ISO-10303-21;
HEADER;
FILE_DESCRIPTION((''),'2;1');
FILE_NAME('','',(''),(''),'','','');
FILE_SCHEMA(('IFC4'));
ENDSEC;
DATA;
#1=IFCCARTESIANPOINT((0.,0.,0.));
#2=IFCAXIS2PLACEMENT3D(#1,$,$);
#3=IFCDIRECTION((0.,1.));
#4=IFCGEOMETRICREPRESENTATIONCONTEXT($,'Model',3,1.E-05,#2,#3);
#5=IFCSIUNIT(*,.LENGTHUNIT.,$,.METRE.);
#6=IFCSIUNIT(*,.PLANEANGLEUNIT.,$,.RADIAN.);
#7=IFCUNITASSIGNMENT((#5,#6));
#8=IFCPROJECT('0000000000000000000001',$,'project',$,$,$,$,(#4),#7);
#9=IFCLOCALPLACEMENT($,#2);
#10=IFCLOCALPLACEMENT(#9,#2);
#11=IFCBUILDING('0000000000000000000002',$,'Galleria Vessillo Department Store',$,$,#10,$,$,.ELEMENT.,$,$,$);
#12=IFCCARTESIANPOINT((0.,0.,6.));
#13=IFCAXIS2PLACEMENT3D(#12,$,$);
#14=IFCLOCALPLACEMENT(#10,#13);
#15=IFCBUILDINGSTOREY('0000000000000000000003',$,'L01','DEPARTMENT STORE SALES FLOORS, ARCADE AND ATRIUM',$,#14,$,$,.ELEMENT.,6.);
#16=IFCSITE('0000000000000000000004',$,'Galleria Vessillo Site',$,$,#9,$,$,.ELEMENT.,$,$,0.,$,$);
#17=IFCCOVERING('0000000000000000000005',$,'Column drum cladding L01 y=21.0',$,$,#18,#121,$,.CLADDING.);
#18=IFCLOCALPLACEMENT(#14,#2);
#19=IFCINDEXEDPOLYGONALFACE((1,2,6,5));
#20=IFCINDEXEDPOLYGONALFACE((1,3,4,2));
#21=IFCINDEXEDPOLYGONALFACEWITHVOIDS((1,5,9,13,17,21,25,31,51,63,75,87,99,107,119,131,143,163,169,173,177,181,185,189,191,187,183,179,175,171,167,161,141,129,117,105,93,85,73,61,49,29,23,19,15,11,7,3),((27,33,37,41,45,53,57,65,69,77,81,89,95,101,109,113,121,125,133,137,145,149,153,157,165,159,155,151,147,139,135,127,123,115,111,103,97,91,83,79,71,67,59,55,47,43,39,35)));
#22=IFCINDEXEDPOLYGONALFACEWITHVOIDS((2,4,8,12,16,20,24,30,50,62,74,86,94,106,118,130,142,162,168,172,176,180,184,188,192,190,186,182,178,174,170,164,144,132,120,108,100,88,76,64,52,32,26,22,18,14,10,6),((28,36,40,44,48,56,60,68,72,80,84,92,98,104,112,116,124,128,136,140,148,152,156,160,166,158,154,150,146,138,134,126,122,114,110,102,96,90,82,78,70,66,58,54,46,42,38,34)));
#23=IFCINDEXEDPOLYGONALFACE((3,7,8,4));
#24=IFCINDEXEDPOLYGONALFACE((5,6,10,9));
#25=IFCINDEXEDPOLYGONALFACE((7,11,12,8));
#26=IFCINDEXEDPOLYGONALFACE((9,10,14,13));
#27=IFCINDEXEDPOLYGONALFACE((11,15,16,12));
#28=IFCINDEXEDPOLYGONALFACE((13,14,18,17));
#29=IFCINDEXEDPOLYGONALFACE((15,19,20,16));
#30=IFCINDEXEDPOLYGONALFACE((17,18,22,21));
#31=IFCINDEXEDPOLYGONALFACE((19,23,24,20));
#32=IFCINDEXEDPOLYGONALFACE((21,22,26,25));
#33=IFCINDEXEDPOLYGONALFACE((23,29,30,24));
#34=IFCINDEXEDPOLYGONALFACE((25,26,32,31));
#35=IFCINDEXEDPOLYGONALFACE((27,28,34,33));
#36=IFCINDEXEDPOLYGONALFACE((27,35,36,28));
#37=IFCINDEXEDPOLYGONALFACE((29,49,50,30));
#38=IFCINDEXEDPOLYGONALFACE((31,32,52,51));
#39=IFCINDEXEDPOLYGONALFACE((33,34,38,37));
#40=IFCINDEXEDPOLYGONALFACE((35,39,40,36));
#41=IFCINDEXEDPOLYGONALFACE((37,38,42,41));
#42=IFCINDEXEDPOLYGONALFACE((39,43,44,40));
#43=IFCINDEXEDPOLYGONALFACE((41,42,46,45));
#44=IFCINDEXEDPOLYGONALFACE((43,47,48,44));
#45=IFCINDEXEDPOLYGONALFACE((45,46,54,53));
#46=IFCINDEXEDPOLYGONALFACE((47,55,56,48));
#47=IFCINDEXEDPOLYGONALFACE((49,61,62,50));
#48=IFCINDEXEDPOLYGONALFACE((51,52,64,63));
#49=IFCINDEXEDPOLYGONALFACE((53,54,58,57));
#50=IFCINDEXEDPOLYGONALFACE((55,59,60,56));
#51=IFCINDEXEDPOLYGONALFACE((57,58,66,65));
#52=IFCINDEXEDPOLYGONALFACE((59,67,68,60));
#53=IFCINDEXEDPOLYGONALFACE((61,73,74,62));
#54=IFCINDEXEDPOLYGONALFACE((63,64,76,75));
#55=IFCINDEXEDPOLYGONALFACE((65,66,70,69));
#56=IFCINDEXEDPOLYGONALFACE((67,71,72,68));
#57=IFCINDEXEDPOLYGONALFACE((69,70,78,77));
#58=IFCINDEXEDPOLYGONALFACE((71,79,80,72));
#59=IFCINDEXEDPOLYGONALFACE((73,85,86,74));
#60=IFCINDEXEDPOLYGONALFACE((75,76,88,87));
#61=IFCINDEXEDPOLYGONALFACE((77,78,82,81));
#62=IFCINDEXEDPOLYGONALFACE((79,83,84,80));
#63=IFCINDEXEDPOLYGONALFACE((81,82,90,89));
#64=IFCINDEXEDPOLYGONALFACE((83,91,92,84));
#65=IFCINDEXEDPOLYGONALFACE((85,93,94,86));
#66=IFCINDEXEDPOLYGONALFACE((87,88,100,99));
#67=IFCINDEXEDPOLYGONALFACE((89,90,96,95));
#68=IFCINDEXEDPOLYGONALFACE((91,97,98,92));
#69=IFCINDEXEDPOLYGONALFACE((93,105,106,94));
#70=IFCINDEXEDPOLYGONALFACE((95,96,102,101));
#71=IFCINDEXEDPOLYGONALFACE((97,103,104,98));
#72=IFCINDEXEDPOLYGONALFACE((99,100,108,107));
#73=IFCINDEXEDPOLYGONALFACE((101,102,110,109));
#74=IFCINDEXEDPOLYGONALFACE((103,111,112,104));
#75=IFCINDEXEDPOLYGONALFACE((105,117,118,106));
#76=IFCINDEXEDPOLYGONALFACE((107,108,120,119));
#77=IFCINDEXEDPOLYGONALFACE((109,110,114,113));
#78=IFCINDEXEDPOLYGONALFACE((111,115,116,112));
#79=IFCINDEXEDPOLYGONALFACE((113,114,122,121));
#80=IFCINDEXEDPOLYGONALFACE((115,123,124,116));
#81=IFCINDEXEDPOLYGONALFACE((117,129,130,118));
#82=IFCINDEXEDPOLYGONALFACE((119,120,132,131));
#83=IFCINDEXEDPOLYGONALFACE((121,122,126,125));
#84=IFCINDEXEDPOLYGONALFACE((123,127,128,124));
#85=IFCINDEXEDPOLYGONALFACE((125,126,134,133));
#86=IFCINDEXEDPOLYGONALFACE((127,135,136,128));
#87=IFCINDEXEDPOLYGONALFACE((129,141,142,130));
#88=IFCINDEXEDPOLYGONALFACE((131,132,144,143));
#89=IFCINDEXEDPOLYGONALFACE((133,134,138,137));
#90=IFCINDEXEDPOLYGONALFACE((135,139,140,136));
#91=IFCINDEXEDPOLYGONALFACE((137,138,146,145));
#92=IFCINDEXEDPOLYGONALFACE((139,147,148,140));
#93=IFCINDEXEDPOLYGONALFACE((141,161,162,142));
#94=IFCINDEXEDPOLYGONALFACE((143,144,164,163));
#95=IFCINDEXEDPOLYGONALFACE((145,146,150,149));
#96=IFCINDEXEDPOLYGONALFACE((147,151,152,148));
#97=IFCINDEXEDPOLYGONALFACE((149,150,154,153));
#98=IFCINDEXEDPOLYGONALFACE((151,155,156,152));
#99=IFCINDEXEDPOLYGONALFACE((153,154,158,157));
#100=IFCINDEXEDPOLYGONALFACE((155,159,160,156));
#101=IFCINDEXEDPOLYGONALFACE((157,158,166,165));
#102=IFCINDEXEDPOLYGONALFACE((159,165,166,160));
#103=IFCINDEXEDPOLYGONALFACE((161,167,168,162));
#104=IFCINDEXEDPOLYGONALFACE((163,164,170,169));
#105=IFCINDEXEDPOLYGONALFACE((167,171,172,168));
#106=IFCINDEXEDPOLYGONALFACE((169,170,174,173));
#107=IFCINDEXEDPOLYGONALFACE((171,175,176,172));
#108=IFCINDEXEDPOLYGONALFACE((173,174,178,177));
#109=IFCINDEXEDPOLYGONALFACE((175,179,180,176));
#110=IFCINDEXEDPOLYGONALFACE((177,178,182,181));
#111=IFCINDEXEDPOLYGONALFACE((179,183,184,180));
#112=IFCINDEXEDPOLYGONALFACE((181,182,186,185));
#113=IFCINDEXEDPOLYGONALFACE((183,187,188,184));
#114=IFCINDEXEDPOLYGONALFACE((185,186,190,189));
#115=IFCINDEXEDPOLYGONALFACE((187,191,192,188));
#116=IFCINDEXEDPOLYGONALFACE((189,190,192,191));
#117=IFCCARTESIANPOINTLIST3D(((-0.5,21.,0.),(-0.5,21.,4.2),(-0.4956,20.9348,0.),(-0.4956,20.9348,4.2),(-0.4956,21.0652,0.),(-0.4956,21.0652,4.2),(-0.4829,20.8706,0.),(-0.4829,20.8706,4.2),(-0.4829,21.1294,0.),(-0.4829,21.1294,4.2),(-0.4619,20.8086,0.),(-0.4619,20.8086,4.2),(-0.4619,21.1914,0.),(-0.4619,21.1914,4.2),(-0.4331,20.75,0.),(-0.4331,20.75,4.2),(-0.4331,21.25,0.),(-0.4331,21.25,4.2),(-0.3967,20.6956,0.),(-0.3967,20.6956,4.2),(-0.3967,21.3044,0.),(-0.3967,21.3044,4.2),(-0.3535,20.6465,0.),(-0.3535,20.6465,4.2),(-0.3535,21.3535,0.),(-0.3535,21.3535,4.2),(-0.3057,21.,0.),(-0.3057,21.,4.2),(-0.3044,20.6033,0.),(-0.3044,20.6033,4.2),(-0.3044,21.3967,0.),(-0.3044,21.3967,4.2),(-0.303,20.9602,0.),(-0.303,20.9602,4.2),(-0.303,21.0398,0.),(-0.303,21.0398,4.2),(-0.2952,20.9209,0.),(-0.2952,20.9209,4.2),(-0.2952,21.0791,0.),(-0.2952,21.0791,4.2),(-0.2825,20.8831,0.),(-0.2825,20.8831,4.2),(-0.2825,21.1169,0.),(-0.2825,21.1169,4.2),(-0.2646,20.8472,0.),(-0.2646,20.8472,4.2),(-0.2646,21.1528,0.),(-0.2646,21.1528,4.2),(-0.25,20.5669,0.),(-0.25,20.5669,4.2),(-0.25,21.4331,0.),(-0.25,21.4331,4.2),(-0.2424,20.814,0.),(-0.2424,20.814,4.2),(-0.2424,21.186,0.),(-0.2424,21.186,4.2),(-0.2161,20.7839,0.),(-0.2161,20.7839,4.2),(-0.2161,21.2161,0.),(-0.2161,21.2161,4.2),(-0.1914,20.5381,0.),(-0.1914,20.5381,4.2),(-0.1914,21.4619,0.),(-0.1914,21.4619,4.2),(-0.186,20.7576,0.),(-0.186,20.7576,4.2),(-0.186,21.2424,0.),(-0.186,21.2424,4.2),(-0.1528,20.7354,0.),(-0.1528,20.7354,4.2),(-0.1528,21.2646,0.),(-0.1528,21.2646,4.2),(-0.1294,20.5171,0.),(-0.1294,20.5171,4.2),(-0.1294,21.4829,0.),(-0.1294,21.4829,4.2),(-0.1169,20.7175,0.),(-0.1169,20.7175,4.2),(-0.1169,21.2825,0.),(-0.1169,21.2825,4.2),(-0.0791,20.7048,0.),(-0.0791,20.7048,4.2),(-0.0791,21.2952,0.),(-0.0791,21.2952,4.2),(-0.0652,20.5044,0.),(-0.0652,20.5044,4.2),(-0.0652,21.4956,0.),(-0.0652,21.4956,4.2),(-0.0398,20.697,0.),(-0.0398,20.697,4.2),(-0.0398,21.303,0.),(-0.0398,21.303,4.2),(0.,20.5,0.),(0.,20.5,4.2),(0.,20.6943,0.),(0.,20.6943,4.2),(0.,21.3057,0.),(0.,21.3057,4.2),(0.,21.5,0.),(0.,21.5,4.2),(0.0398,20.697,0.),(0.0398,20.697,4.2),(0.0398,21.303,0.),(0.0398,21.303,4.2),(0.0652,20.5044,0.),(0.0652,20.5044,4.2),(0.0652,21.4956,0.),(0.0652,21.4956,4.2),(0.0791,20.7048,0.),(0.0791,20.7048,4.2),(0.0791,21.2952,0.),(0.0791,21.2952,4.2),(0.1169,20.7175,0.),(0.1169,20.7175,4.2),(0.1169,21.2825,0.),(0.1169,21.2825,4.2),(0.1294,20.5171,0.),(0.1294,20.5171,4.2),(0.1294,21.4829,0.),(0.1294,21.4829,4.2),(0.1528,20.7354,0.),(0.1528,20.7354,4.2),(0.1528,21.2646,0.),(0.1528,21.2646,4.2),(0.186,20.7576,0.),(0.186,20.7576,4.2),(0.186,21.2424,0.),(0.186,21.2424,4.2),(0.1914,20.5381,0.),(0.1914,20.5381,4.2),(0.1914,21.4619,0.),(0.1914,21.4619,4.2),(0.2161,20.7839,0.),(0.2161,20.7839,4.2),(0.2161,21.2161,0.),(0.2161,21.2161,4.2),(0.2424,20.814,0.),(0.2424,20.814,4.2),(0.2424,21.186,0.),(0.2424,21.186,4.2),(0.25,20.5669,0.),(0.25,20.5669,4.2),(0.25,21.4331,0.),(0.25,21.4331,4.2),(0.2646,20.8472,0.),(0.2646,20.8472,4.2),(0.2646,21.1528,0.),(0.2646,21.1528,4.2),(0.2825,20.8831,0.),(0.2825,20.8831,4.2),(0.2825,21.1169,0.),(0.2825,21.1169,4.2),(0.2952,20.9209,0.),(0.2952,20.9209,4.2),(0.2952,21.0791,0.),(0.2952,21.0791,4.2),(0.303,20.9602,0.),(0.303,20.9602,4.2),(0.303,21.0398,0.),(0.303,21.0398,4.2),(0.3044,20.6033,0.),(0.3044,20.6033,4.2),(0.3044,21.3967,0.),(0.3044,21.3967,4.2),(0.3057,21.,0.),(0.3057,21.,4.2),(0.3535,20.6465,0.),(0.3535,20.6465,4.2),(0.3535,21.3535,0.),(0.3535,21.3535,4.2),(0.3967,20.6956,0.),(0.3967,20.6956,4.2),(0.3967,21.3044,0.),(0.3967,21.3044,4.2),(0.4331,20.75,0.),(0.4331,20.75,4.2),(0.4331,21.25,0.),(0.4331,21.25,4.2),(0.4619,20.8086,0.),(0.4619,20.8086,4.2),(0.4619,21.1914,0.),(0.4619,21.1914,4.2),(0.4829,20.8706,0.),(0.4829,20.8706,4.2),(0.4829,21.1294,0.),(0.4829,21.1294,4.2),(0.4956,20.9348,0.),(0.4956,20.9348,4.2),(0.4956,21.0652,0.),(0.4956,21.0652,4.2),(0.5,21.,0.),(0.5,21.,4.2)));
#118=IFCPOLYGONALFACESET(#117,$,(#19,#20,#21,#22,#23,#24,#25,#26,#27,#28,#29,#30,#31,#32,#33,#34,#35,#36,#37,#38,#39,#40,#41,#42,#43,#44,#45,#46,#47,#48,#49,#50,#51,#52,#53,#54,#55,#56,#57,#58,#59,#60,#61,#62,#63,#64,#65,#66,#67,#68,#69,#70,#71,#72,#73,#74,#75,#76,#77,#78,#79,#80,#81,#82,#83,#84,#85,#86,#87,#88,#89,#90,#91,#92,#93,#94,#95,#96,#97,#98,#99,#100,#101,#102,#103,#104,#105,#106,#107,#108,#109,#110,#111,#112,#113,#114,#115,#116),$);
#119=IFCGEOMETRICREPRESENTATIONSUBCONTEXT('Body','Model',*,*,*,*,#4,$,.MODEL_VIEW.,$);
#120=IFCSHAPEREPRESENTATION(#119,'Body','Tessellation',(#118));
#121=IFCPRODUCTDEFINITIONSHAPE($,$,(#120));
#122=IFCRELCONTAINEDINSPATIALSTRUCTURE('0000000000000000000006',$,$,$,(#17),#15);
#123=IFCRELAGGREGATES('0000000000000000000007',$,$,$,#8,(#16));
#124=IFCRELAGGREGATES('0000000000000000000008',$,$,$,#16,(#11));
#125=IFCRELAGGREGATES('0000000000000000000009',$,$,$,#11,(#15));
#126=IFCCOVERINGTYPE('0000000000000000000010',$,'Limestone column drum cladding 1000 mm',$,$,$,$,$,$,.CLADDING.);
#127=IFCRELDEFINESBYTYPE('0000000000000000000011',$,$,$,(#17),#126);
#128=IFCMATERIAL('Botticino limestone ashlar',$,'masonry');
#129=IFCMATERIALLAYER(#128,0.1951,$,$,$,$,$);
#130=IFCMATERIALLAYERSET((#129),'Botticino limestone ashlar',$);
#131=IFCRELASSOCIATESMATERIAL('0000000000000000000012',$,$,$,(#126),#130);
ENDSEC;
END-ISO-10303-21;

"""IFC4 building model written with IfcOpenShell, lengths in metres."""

from ifc_helpers import new_model, si_unit, direction, frame, origin, place, context, subcontext, project, spatial, polyline, outline, extrude, material, layer, layer_set, type_object, element, save


model = new_model("IFC4")

# Units and contexts
model_context = context("Model", 3, precision=1e-05, world=origin(), true_north=direction((0.0, 1.0)))
body_context = subcontext(model_context, "Body", "Model", "MODEL_VIEW")
ifc_project = project(units=[si_unit("LENGTHUNIT", "METRE"), si_unit("PLANEANGLEUNIT", "RADIAN")], contexts=[model_context])

# Site, building, storey
site_placement = place(None, origin())
site = spatial("IfcSite", under=ifc_project, at=site_placement, Name="Galleria Vessillo Site", CompositionType="ELEMENT", RefElevation=0.0)
building_placement = place(site_placement, origin())
building = spatial("IfcBuilding", under=site, at=building_placement, Name="Galleria Vessillo Department Store", CompositionType="ELEMENT")
storey_placement = place(building_placement, frame((0.0, 0.0, 6.0)))
storey = spatial("IfcBuildingStorey", under=building, at=storey_placement, Name="L01", Description="DEPARTMENT STORE SALES FLOORS, ARCADE AND ATRIUM", CompositionType="ELEMENT", Elevation=6.0)

# Covering
ifc_material_1 = material(Name="Botticino limestone ashlar", Category="masonry")
ifc_layer_1 = layer(ifc_material_1, 0.1951)
ifc_layer_set_1 = layer_set([ifc_layer_1], Name="Botticino limestone ashlar")
covering_type = type_object("IfcCoveringType", Name="Limestone column drum cladding 1000 mm", PredefinedType="CLADDING", material=ifc_layer_set_1)
covering_1_placement = place(storey_placement, origin())
element("IfcCovering", 1, at=covering_1_placement, inside=storey, type_object=covering_type, Name="Column drum cladding L01 y=21.0", PredefinedType="CLADDING", context=body_context, shape_type="SweptSolid", body=[
    extrude(outline(polyline([(0.5, 21.0), (0.4956, 21.0652), (0.4829, 21.1294), (0.4619, 21.1914), (0.4331, 21.25), (0.3967, 21.3044), (0.3535, 21.3535), (0.3044, 21.3967), (0.25, 21.4331), (0.1914, 21.4619), (0.1294, 21.4829), (0.0652, 21.4956), (0.0, 21.5), (-0.0652, 21.4956), (-0.1294, 21.4829), (-0.1914, 21.4619), (-0.25, 21.4331), (-0.3044, 21.3967), (-0.3535, 21.3535), (-0.3967, 21.3044), (-0.4331, 21.25), (-0.4619, 21.1914), (-0.4829, 21.1294), (-0.4956, 21.0652), (-0.5, 21.0), (-0.4956, 20.9348), (-0.4829, 20.8706), (-0.4619, 20.8086), (-0.4331, 20.75), (-0.3967, 20.6956), (-0.3535, 20.6465), (-0.3044, 20.6033), (-0.25, 20.5669), (-0.1914, 20.5381), (-0.1294, 20.5171), (-0.0652, 20.5044), (0.0, 20.5), (0.0652, 20.5044), (0.1294, 20.5171), (0.1914, 20.5381), (0.25, 20.5669), (0.3044, 20.6033), (0.3535, 20.6465), (0.3967, 20.6956), (0.4331, 20.75), (0.4619, 20.8086), (0.4829, 20.8706), (0.4956, 20.9348), (0.5, 21.0)]), holes=[polyline([(0.3057, 21.0), (0.303, 21.0398), (0.2952, 21.0791), (0.2825, 21.1169), (0.2646, 21.1528), (0.2424, 21.186), (0.2161, 21.2161), (0.186, 21.2424), (0.1528, 21.2646), (0.1169, 21.2825), (0.0791, 21.2952), (0.0398, 21.303), (0.0, 21.3057), (-0.0398, 21.303), (-0.0791, 21.2952), (-0.1169, 21.2825), (-0.1528, 21.2646), (-0.186, 21.2424), (-0.2161, 21.2161), (-0.2424, 21.186), (-0.2646, 21.1528), (-0.2825, 21.1169), (-0.2952, 21.0791), (-0.303, 21.0398), (-0.3057, 21.0), (-0.303, 20.9602), (-0.2952, 20.9209), (-0.2825, 20.8831), (-0.2646, 20.8472), (-0.2424, 20.814), (-0.2161, 20.7839), (-0.186, 20.7576), (-0.1528, 20.7354), (-0.1169, 20.7175), (-0.0791, 20.7048), (-0.0398, 20.697), (0.0, 20.6943), (0.0398, 20.697), (0.0791, 20.7048), (0.1169, 20.7175), (0.1528, 20.7354), (0.186, 20.7576), (0.2161, 20.7839), (0.2424, 20.814), (0.2646, 20.8472), (0.2825, 20.8831), (0.2952, 20.9209), (0.303, 20.9602), (0.3057, 21.0)])]), origin(), (0.0, 0.0, 1.0), 4.2),
])

save(model, "model.ifc")
